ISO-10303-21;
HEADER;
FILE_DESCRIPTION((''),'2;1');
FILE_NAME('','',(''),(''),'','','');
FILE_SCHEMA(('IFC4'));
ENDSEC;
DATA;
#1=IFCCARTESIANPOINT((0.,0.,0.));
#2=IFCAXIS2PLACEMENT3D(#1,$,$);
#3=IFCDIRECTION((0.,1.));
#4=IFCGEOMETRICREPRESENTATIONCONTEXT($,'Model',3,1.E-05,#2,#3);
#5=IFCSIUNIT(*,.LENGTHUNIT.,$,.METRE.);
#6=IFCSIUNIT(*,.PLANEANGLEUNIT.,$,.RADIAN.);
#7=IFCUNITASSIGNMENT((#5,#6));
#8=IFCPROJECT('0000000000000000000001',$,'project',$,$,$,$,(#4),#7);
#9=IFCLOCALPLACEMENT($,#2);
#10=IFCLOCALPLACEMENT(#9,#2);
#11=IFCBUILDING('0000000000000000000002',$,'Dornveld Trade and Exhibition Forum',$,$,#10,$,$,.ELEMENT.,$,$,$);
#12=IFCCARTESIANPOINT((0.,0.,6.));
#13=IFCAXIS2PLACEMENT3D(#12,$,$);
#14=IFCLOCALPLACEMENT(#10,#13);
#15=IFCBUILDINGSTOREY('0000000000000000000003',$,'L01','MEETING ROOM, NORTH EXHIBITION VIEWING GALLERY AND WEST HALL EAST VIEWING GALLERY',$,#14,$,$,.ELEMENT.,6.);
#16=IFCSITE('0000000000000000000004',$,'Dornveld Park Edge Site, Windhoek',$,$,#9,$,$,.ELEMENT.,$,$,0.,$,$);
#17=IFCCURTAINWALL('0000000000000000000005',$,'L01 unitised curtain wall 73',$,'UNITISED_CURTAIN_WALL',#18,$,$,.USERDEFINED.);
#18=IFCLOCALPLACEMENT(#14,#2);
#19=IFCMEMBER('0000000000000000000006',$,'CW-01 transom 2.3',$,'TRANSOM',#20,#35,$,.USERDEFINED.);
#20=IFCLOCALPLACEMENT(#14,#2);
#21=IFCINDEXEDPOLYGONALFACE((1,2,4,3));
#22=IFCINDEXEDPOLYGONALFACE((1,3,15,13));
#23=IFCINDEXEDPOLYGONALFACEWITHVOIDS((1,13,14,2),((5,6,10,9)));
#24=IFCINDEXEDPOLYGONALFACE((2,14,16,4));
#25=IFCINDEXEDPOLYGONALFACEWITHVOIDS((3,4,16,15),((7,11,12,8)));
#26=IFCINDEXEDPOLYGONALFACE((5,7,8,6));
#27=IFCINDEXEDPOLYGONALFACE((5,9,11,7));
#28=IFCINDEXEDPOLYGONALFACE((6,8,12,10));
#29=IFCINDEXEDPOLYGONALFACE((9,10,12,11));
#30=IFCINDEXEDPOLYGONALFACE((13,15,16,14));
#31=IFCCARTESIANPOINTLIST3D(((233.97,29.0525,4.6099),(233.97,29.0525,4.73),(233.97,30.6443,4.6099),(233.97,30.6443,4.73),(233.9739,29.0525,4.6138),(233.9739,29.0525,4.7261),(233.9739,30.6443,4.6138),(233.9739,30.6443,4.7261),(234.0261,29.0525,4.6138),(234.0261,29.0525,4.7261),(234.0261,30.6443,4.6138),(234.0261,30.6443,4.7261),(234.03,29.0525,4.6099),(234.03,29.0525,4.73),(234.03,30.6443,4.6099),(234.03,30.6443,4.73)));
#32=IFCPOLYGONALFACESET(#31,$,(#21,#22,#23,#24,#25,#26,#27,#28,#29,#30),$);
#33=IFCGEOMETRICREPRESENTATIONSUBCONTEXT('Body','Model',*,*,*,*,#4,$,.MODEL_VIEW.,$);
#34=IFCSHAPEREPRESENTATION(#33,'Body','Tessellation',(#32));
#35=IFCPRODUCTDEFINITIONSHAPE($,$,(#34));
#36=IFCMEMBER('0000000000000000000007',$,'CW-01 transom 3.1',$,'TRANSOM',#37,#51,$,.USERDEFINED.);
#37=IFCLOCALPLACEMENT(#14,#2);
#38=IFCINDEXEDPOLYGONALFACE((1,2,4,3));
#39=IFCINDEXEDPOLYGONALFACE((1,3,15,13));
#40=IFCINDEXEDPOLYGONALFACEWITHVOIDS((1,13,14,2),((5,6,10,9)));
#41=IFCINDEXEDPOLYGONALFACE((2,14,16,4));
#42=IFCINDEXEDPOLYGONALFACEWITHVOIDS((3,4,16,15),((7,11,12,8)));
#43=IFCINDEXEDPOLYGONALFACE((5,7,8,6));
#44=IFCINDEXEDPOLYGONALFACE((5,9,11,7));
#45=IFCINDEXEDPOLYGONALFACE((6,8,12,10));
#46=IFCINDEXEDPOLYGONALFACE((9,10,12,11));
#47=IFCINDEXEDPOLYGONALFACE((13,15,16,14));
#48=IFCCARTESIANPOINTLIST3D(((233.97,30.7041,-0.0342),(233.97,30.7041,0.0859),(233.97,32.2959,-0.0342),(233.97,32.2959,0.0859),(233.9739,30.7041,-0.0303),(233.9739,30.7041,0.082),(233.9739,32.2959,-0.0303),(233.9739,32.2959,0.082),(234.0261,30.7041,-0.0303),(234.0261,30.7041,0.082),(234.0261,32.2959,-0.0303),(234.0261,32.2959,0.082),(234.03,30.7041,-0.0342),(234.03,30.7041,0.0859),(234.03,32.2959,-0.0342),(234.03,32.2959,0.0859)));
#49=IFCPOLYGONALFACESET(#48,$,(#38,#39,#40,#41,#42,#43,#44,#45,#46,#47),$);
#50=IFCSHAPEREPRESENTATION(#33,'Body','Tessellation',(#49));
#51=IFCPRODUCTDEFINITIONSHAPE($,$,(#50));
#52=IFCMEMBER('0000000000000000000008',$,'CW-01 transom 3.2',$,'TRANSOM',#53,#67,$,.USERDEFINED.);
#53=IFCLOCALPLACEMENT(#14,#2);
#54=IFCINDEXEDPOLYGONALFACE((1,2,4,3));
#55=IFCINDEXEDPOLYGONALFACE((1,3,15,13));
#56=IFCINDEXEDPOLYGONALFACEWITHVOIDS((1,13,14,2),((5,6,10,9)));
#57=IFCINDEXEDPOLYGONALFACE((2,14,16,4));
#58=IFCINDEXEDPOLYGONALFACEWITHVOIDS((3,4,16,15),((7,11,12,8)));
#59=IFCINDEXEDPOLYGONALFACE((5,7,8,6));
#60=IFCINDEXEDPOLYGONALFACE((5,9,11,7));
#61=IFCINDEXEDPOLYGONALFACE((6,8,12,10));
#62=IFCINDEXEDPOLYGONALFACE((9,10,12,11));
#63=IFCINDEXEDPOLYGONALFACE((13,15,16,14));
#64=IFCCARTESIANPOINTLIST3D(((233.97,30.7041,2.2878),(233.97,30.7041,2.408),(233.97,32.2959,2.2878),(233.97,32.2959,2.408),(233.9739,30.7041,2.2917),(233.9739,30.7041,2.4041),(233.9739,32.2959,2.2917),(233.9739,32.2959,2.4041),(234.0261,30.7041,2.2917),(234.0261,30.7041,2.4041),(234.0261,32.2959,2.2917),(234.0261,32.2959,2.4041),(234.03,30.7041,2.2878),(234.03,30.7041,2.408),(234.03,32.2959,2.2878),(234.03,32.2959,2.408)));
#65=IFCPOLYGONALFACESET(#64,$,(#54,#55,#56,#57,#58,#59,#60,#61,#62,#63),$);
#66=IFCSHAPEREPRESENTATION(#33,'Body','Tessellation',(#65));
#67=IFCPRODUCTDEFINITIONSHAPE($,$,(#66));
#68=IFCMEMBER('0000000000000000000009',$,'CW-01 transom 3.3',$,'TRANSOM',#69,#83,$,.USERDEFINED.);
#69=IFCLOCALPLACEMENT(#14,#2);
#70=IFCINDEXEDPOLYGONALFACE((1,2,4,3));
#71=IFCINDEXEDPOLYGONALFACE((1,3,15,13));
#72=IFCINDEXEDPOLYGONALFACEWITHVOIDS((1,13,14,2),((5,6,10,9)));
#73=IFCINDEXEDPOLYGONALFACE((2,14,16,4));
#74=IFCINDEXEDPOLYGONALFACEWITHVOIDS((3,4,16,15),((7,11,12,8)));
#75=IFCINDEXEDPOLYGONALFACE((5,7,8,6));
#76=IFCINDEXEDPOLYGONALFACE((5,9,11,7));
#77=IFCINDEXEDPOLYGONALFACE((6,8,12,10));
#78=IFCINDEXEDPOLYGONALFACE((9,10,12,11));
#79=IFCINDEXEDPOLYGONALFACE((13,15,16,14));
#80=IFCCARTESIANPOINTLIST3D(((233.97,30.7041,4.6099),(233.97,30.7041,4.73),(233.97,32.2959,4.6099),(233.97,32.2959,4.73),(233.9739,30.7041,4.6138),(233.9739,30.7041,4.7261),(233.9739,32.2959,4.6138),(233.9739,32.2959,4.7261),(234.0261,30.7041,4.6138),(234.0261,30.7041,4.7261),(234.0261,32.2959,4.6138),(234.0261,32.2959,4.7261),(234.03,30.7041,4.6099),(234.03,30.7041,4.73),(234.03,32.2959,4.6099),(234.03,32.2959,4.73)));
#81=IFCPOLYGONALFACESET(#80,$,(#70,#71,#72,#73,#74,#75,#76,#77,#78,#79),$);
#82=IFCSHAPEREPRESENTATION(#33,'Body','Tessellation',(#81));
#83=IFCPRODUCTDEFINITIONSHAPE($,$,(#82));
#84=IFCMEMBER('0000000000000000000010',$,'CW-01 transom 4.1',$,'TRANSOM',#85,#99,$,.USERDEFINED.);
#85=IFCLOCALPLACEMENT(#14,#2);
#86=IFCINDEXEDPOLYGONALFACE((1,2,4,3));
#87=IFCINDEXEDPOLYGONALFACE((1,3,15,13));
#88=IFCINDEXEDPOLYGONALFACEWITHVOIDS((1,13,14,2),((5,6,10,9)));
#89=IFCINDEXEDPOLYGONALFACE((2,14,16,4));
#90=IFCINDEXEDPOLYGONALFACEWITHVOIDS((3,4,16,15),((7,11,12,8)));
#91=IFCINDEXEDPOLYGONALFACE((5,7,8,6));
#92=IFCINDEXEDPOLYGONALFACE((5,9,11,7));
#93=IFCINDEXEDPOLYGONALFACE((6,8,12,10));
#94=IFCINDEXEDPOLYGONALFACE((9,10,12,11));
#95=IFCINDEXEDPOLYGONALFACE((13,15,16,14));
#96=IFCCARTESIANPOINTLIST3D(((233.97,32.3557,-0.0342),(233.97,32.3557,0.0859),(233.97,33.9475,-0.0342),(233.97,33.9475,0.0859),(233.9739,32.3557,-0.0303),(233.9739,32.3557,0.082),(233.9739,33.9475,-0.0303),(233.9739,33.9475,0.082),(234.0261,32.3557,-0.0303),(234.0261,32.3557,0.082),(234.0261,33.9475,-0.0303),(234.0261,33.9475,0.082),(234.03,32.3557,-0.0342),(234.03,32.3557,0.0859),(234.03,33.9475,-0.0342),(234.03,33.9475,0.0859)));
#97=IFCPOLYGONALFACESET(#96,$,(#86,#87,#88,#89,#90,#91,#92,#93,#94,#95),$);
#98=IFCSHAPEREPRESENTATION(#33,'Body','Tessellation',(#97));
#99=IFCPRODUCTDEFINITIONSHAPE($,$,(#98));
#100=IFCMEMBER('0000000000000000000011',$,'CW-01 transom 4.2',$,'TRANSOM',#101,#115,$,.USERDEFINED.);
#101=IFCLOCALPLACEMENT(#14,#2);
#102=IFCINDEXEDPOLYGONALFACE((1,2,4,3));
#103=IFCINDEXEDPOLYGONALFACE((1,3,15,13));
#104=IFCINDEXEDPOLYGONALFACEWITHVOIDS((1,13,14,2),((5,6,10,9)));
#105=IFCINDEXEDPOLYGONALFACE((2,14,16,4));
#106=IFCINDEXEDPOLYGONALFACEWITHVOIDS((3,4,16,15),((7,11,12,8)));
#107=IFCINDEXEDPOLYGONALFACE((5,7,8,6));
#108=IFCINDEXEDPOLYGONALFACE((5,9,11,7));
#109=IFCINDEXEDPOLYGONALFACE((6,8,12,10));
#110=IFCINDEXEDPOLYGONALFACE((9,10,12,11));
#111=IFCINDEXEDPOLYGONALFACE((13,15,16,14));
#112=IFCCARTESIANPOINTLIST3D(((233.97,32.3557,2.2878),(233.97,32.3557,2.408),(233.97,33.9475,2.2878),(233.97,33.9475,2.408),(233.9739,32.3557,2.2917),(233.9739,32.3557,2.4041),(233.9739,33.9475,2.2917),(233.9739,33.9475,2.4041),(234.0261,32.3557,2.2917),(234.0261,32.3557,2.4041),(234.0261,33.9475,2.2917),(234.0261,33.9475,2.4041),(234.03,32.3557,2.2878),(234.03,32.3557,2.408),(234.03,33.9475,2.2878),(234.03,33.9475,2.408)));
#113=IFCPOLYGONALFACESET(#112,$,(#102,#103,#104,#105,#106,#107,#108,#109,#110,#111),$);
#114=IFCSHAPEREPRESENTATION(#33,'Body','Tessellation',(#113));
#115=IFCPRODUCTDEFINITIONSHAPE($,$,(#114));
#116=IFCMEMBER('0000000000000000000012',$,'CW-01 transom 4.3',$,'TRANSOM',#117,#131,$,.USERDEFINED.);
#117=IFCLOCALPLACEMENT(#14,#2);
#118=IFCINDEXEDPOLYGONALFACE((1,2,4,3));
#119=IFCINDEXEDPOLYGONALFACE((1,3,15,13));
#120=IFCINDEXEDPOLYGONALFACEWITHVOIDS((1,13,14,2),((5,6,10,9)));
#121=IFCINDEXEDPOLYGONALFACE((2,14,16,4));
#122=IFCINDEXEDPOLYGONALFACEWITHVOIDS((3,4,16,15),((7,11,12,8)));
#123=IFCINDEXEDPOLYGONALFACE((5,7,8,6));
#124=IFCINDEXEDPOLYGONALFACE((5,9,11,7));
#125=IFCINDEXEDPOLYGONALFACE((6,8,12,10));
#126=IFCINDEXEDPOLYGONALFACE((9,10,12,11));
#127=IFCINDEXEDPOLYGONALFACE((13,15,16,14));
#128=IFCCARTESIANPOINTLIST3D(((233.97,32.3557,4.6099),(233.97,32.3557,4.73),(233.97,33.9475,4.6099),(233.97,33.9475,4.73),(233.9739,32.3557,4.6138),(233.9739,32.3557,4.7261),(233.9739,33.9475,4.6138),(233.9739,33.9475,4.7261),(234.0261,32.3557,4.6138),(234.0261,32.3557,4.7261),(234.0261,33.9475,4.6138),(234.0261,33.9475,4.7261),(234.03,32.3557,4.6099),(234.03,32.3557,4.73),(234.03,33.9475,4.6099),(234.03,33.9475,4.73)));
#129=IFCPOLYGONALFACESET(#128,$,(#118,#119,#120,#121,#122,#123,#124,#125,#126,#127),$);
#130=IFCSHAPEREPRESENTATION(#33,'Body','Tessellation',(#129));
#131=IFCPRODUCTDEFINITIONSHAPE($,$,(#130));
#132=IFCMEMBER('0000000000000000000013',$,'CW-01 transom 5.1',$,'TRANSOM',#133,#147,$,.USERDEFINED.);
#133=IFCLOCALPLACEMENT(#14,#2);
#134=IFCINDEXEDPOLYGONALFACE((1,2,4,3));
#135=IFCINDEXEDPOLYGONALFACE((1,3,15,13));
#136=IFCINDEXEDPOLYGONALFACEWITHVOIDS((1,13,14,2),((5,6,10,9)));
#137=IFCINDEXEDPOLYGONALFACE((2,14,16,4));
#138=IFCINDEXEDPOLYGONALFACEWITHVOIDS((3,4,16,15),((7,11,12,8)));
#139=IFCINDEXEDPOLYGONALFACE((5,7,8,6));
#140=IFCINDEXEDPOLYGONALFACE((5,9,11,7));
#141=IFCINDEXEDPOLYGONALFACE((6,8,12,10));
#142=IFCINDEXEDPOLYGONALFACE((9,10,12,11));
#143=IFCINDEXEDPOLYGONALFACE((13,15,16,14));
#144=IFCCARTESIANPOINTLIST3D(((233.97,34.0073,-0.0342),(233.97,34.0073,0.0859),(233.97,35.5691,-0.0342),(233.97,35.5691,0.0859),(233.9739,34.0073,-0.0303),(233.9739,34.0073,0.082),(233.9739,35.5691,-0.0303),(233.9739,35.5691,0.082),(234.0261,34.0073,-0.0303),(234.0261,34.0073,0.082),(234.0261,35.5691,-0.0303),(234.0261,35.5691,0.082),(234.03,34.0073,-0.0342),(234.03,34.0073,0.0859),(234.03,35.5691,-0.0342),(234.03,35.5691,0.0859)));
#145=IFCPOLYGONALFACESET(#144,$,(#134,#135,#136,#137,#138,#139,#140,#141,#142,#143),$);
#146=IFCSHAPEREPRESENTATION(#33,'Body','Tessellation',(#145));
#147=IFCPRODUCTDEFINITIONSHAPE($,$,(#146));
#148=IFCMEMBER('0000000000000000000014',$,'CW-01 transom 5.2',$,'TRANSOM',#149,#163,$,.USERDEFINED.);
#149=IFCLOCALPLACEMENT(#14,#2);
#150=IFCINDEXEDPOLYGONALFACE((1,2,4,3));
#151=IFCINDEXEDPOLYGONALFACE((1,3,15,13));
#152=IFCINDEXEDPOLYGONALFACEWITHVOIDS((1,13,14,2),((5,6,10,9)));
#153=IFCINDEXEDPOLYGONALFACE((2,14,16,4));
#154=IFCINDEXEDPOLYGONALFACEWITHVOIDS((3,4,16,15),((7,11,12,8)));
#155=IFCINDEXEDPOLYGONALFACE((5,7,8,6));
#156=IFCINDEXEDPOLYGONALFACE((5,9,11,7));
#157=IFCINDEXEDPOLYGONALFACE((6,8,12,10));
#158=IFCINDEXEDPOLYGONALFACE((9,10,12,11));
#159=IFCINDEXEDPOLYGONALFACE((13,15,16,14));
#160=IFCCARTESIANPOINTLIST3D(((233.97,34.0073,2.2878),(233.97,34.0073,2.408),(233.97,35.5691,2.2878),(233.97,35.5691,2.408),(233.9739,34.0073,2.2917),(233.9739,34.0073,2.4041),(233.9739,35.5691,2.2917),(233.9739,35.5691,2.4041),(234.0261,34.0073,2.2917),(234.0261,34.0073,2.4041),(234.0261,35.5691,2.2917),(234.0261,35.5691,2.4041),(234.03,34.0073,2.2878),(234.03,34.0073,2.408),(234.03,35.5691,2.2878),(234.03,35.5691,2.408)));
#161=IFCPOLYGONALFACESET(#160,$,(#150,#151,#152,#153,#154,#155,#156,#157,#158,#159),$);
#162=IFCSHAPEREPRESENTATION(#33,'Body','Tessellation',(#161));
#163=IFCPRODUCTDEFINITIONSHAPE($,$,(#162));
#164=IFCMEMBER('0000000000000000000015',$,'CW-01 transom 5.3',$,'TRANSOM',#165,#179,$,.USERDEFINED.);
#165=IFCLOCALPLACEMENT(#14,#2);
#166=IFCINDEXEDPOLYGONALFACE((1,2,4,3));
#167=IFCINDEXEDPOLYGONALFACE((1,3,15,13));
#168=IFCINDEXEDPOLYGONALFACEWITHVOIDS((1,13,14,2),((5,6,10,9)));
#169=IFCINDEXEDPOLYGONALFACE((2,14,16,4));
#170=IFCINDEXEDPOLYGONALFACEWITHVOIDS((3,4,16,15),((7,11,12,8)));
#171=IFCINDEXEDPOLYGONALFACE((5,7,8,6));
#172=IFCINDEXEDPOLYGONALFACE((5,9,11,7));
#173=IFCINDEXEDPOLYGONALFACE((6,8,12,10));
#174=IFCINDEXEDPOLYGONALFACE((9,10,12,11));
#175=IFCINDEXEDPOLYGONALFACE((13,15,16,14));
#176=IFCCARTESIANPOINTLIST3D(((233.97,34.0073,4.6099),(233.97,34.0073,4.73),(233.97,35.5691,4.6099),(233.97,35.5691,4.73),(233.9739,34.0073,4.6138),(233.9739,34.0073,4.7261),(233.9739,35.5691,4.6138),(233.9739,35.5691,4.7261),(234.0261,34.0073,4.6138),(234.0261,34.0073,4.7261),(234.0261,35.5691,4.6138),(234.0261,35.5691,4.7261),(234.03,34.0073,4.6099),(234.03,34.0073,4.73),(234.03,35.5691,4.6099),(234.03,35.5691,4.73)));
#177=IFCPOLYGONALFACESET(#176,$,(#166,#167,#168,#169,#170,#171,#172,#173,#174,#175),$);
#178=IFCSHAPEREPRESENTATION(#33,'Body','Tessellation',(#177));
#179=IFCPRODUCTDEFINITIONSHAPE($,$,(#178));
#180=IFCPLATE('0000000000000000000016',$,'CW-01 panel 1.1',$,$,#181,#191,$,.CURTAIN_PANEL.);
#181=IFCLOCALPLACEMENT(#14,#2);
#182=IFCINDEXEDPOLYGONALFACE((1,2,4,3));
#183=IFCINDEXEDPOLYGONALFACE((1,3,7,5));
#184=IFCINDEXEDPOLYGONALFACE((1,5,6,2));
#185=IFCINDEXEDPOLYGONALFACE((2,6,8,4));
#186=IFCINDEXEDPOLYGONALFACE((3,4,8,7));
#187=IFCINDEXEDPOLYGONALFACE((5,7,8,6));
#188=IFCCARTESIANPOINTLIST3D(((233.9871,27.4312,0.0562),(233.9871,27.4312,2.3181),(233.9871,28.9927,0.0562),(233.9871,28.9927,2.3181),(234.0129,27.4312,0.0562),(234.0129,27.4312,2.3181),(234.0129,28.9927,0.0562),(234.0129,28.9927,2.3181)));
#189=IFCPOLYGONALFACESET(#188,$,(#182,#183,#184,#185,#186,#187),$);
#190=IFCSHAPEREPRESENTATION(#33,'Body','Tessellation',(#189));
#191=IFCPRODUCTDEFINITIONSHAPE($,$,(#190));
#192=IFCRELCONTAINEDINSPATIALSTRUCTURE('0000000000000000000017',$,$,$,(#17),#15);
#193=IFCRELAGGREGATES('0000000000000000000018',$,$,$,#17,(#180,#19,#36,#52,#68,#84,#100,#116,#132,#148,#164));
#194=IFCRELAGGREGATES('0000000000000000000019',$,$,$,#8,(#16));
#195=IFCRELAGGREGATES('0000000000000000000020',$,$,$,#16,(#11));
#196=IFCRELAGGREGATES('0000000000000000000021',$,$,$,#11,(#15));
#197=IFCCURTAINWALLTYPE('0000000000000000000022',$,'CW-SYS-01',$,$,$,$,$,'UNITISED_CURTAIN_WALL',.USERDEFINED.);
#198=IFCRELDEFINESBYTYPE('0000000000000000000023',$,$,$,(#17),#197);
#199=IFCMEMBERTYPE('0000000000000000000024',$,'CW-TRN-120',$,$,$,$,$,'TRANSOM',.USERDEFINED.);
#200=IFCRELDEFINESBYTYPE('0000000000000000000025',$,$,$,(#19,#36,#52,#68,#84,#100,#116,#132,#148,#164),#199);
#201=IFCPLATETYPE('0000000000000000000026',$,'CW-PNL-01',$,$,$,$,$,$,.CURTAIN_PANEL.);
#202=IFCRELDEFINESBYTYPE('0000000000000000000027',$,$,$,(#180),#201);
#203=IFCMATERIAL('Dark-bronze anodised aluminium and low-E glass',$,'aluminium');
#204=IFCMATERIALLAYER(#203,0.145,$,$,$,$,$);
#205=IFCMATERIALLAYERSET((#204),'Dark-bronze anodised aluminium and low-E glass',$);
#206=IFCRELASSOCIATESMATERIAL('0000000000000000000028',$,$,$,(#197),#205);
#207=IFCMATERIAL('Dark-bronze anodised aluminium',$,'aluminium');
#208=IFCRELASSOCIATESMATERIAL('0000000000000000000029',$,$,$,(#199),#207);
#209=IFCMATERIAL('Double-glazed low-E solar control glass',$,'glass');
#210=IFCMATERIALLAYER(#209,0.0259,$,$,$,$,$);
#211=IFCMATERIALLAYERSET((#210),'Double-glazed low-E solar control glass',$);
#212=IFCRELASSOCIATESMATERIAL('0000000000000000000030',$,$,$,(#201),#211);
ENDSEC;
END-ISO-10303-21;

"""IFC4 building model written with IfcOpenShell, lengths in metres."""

from ifc_helpers import new_model, si_unit, direction, frame, origin, origin_2d, place, context, subcontext, project, spatial, rectangle, hollow_rectangle, extrude, material, layer, layer_set, material_profile, profile_set, type_object, element, aggregate, save


model = new_model("IFC4")

# Units and contexts
model_context = context("Model", 3, precision=1e-05, world=origin(), true_north=direction((0.0, 1.0)))
body_context = subcontext(model_context, "Body", "Model", "MODEL_VIEW")
ifc_project = project(units=[si_unit("LENGTHUNIT", "METRE"), si_unit("PLANEANGLEUNIT", "RADIAN")], contexts=[model_context])

# Site, building, storey
site_placement = place(None, origin())
site = spatial("IfcSite", under=ifc_project, at=site_placement, Name="Dornveld Park Edge Site, Windhoek", CompositionType="ELEMENT", RefElevation=0.0)
building_placement = place(site_placement, origin())
building = spatial("IfcBuilding", under=site, at=building_placement, Name="Dornveld Trade and Exhibition Forum", CompositionType="ELEMENT")
storey_placement = place(building_placement, frame((0.0, 0.0, 6.0)))
storey = spatial("IfcBuildingStorey", under=building, at=storey_placement, Name="L01", Description="MEETING ROOM, NORTH EXHIBITION VIEWING GALLERY AND WEST HALL EAST VIEWING GALLERY", CompositionType="ELEMENT", Elevation=6.0)

# Curtain wall, members, plate
ifc_material_1 = material(Name="Dark-bronze anodised aluminium and low-E glass", Category="aluminium")
ifc_layer_1 = layer(ifc_material_1, 0.145)
ifc_layer_set_1 = layer_set([ifc_layer_1], Name="Dark-bronze anodised aluminium and low-E glass")
curtain_wall_type = type_object("IfcCurtainWallType", Name="CW-SYS-01", ElementType="UNITISED_CURTAIN_WALL", PredefinedType="USERDEFINED", material=ifc_layer_set_1)
curtain_wall_placement = place(storey_placement, origin())
curtain_wall = element("IfcCurtainWall", 1, at=curtain_wall_placement, inside=storey, type_object=curtain_wall_type, Name="L01 unitised curtain wall 73", ObjectType="UNITISED_CURTAIN_WALL", PredefinedType="USERDEFINED")
ifc_material_2 = material(Name="Dark-bronze anodised aluminium", Category="aluminium")
ifc_material_profile_1 = material_profile(ifc_material_2, hollow_rectangle(XDim=0.0601, YDim=0.1201, WallThickness=0.0039, at=origin_2d()), Name="RHS 120x60x4")
ifc_profile_set_1 = profile_set([ifc_material_profile_1], Name="Dark-bronze anodised aluminium")
member_type_1 = type_object("IfcMemberType", Name="CW-TRN-120", ElementType="TRANSOM", PredefinedType="USERDEFINED", material=ifc_profile_set_1)
member_1_placement = place(storey_placement, frame((234.0, 29.0525, 4.6699), z_axis=(0.0, 1.0, 0.0), x_axis=(-1.0, 0.0, 0.0)))
member_1 = element("IfcMember", 2, at=member_1_placement, type_object=member_type_1, Name="CW-01 transom 2.3", ObjectType="TRANSOM", PredefinedType="USERDEFINED", context=body_context, shape_type="SweptSolid", body=[
    extrude(hollow_rectangle(XDim=0.0601, YDim=0.1201, WallThickness=0.0039, at=origin_2d()), origin(), (0.0, 0.0, 1.0), 1.5918),
])
member_2_placement = place(storey_placement, frame((234.0, 30.7041, 0.0259), z_axis=(0.0, 1.0, 0.0), x_axis=(-1.0, 0.0, 0.0)))
member_2 = element("IfcMember", 3, at=member_2_placement, type_object=member_type_1, Name="CW-01 transom 3.1", ObjectType="TRANSOM", PredefinedType="USERDEFINED", context=body_context, shape_type="SweptSolid", body=[
    extrude(hollow_rectangle(XDim=0.0601, YDim=0.1201, WallThickness=0.0039, at=origin_2d()), origin(), (0.0, 0.0, 1.0), 1.5918),
])
member_3_placement = place(storey_placement, frame((234.0, 30.7041, 2.3479), z_axis=(0.0, 1.0, 0.0), x_axis=(-1.0, 0.0, 0.0)))
member_3 = element("IfcMember", 4, at=member_3_placement, type_object=member_type_1, Name="CW-01 transom 3.2", ObjectType="TRANSOM", PredefinedType="USERDEFINED", context=body_context, shape_type="SweptSolid", body=[
    extrude(hollow_rectangle(XDim=0.0601, YDim=0.1201, WallThickness=0.0039, at=origin_2d()), origin(), (0.0, 0.0, 1.0), 1.5918),
])
member_4_placement = place(storey_placement, frame((234.0, 30.7041, 4.6699), z_axis=(0.0, 1.0, 0.0), x_axis=(-1.0, 0.0, 0.0)))
member_4 = element("IfcMember", 5, at=member_4_placement, type_object=member_type_1, Name="CW-01 transom 3.3", ObjectType="TRANSOM", PredefinedType="USERDEFINED", context=body_context, shape_type="SweptSolid", body=[
    extrude(hollow_rectangle(XDim=0.0601, YDim=0.1201, WallThickness=0.0039, at=origin_2d()), origin(), (0.0, 0.0, 1.0), 1.5918),
])
member_5_placement = place(storey_placement, frame((234.0, 32.3557, 0.0259), z_axis=(0.0, 1.0, 0.0), x_axis=(-1.0, 0.0, 0.0)))
member_5 = element("IfcMember", 6, at=member_5_placement, type_object=member_type_1, Name="CW-01 transom 4.1", ObjectType="TRANSOM", PredefinedType="USERDEFINED", context=body_context, shape_type="SweptSolid", body=[
    extrude(hollow_rectangle(XDim=0.0601, YDim=0.1201, WallThickness=0.0039, at=origin_2d()), origin(), (0.0, 0.0, 1.0), 1.5918),
])
member_6_placement = place(storey_placement, frame((234.0, 32.3557, 2.3479), z_axis=(0.0, 1.0, 0.0), x_axis=(-1.0, 0.0, 0.0)))
member_6 = element("IfcMember", 7, at=member_6_placement, type_object=member_type_1, Name="CW-01 transom 4.2", ObjectType="TRANSOM", PredefinedType="USERDEFINED", context=body_context, shape_type="SweptSolid", body=[
    extrude(hollow_rectangle(XDim=0.0601, YDim=0.1201, WallThickness=0.0039, at=origin_2d()), origin(), (0.0, 0.0, 1.0), 1.5918),
])
member_7_placement = place(storey_placement, frame((234.0, 32.3557, 4.6699), z_axis=(0.0, 1.0, 0.0), x_axis=(-1.0, 0.0, 0.0)))
member_7 = element("IfcMember", 8, at=member_7_placement, type_object=member_type_1, Name="CW-01 transom 4.3", ObjectType="TRANSOM", PredefinedType="USERDEFINED", context=body_context, shape_type="SweptSolid", body=[
    extrude(hollow_rectangle(XDim=0.0601, YDim=0.1201, WallThickness=0.0039, at=origin_2d()), origin(), (0.0, 0.0, 1.0), 1.5918),
])
member_8_placement = place(storey_placement, frame((234.0, 34.0073, 0.0259), z_axis=(0.0, 1.0, 0.0), x_axis=(-1.0, 0.0, 0.0)))
member_8 = element("IfcMember", 9, at=member_8_placement, type_object=member_type_1, Name="CW-01 transom 5.1", ObjectType="TRANSOM", PredefinedType="USERDEFINED", context=body_context, shape_type="SweptSolid", body=[
    extrude(hollow_rectangle(XDim=0.0601, YDim=0.1201, WallThickness=0.0039, at=origin_2d()), origin(), (0.0, 0.0, 1.0), 1.5618),
])
member_9_placement = place(storey_placement, frame((234.0, 34.0073, 2.3479), z_axis=(0.0, 1.0, 0.0), x_axis=(-1.0, 0.0, 0.0)))
member_9 = element("IfcMember", 10, at=member_9_placement, type_object=member_type_1, Name="CW-01 transom 5.2", ObjectType="TRANSOM", PredefinedType="USERDEFINED", context=body_context, shape_type="SweptSolid", body=[
    extrude(hollow_rectangle(XDim=0.0601, YDim=0.1201, WallThickness=0.0039, at=origin_2d()), origin(), (0.0, 0.0, 1.0), 1.5618),
])
member_10_placement = place(storey_placement, frame((234.0, 34.0073, 4.6699), z_axis=(0.0, 1.0, 0.0), x_axis=(-1.0, 0.0, 0.0)))
member_10 = element("IfcMember", 11, at=member_10_placement, type_object=member_type_1, Name="CW-01 transom 5.3", ObjectType="TRANSOM", PredefinedType="USERDEFINED", context=body_context, shape_type="SweptSolid", body=[
    extrude(hollow_rectangle(XDim=0.0601, YDim=0.1201, WallThickness=0.0039, at=origin_2d()), origin(), (0.0, 0.0, 1.0), 1.5618),
])
ifc_material_3 = material(Name="Double-glazed low-E solar control glass", Category="glass")
ifc_layer_2 = layer(ifc_material_3, 0.0259)
ifc_layer_set_2 = layer_set([ifc_layer_2], Name="Double-glazed low-E solar control glass")
plate_type = type_object("IfcPlateType", Name="CW-PNL-01", PredefinedType="CURTAIN_PANEL", material=ifc_layer_set_2)
plate_1_placement = place(storey_placement, frame((234.0, 28.2119, 0.0562), z_axis=(0.0, 0.0, 1.0), x_axis=(0.0, 1.0, 0.0)))
plate_1 = element("IfcPlate", 12, at=plate_1_placement, type_object=plate_type, Name="CW-01 panel 1.1", PredefinedType="CURTAIN_PANEL", context=body_context, shape_type="SweptSolid", body=[
    extrude(rectangle(XDim=1.5615, YDim=0.0259, at=origin_2d()), origin(), (0.0, 0.0, 1.0), 2.262),
])
aggregate(curtain_wall, [plate_1, member_1, member_2, member_3, member_4, member_5, member_6, member_7, member_8, member_9, member_10])

save(model, "model.ifc")
